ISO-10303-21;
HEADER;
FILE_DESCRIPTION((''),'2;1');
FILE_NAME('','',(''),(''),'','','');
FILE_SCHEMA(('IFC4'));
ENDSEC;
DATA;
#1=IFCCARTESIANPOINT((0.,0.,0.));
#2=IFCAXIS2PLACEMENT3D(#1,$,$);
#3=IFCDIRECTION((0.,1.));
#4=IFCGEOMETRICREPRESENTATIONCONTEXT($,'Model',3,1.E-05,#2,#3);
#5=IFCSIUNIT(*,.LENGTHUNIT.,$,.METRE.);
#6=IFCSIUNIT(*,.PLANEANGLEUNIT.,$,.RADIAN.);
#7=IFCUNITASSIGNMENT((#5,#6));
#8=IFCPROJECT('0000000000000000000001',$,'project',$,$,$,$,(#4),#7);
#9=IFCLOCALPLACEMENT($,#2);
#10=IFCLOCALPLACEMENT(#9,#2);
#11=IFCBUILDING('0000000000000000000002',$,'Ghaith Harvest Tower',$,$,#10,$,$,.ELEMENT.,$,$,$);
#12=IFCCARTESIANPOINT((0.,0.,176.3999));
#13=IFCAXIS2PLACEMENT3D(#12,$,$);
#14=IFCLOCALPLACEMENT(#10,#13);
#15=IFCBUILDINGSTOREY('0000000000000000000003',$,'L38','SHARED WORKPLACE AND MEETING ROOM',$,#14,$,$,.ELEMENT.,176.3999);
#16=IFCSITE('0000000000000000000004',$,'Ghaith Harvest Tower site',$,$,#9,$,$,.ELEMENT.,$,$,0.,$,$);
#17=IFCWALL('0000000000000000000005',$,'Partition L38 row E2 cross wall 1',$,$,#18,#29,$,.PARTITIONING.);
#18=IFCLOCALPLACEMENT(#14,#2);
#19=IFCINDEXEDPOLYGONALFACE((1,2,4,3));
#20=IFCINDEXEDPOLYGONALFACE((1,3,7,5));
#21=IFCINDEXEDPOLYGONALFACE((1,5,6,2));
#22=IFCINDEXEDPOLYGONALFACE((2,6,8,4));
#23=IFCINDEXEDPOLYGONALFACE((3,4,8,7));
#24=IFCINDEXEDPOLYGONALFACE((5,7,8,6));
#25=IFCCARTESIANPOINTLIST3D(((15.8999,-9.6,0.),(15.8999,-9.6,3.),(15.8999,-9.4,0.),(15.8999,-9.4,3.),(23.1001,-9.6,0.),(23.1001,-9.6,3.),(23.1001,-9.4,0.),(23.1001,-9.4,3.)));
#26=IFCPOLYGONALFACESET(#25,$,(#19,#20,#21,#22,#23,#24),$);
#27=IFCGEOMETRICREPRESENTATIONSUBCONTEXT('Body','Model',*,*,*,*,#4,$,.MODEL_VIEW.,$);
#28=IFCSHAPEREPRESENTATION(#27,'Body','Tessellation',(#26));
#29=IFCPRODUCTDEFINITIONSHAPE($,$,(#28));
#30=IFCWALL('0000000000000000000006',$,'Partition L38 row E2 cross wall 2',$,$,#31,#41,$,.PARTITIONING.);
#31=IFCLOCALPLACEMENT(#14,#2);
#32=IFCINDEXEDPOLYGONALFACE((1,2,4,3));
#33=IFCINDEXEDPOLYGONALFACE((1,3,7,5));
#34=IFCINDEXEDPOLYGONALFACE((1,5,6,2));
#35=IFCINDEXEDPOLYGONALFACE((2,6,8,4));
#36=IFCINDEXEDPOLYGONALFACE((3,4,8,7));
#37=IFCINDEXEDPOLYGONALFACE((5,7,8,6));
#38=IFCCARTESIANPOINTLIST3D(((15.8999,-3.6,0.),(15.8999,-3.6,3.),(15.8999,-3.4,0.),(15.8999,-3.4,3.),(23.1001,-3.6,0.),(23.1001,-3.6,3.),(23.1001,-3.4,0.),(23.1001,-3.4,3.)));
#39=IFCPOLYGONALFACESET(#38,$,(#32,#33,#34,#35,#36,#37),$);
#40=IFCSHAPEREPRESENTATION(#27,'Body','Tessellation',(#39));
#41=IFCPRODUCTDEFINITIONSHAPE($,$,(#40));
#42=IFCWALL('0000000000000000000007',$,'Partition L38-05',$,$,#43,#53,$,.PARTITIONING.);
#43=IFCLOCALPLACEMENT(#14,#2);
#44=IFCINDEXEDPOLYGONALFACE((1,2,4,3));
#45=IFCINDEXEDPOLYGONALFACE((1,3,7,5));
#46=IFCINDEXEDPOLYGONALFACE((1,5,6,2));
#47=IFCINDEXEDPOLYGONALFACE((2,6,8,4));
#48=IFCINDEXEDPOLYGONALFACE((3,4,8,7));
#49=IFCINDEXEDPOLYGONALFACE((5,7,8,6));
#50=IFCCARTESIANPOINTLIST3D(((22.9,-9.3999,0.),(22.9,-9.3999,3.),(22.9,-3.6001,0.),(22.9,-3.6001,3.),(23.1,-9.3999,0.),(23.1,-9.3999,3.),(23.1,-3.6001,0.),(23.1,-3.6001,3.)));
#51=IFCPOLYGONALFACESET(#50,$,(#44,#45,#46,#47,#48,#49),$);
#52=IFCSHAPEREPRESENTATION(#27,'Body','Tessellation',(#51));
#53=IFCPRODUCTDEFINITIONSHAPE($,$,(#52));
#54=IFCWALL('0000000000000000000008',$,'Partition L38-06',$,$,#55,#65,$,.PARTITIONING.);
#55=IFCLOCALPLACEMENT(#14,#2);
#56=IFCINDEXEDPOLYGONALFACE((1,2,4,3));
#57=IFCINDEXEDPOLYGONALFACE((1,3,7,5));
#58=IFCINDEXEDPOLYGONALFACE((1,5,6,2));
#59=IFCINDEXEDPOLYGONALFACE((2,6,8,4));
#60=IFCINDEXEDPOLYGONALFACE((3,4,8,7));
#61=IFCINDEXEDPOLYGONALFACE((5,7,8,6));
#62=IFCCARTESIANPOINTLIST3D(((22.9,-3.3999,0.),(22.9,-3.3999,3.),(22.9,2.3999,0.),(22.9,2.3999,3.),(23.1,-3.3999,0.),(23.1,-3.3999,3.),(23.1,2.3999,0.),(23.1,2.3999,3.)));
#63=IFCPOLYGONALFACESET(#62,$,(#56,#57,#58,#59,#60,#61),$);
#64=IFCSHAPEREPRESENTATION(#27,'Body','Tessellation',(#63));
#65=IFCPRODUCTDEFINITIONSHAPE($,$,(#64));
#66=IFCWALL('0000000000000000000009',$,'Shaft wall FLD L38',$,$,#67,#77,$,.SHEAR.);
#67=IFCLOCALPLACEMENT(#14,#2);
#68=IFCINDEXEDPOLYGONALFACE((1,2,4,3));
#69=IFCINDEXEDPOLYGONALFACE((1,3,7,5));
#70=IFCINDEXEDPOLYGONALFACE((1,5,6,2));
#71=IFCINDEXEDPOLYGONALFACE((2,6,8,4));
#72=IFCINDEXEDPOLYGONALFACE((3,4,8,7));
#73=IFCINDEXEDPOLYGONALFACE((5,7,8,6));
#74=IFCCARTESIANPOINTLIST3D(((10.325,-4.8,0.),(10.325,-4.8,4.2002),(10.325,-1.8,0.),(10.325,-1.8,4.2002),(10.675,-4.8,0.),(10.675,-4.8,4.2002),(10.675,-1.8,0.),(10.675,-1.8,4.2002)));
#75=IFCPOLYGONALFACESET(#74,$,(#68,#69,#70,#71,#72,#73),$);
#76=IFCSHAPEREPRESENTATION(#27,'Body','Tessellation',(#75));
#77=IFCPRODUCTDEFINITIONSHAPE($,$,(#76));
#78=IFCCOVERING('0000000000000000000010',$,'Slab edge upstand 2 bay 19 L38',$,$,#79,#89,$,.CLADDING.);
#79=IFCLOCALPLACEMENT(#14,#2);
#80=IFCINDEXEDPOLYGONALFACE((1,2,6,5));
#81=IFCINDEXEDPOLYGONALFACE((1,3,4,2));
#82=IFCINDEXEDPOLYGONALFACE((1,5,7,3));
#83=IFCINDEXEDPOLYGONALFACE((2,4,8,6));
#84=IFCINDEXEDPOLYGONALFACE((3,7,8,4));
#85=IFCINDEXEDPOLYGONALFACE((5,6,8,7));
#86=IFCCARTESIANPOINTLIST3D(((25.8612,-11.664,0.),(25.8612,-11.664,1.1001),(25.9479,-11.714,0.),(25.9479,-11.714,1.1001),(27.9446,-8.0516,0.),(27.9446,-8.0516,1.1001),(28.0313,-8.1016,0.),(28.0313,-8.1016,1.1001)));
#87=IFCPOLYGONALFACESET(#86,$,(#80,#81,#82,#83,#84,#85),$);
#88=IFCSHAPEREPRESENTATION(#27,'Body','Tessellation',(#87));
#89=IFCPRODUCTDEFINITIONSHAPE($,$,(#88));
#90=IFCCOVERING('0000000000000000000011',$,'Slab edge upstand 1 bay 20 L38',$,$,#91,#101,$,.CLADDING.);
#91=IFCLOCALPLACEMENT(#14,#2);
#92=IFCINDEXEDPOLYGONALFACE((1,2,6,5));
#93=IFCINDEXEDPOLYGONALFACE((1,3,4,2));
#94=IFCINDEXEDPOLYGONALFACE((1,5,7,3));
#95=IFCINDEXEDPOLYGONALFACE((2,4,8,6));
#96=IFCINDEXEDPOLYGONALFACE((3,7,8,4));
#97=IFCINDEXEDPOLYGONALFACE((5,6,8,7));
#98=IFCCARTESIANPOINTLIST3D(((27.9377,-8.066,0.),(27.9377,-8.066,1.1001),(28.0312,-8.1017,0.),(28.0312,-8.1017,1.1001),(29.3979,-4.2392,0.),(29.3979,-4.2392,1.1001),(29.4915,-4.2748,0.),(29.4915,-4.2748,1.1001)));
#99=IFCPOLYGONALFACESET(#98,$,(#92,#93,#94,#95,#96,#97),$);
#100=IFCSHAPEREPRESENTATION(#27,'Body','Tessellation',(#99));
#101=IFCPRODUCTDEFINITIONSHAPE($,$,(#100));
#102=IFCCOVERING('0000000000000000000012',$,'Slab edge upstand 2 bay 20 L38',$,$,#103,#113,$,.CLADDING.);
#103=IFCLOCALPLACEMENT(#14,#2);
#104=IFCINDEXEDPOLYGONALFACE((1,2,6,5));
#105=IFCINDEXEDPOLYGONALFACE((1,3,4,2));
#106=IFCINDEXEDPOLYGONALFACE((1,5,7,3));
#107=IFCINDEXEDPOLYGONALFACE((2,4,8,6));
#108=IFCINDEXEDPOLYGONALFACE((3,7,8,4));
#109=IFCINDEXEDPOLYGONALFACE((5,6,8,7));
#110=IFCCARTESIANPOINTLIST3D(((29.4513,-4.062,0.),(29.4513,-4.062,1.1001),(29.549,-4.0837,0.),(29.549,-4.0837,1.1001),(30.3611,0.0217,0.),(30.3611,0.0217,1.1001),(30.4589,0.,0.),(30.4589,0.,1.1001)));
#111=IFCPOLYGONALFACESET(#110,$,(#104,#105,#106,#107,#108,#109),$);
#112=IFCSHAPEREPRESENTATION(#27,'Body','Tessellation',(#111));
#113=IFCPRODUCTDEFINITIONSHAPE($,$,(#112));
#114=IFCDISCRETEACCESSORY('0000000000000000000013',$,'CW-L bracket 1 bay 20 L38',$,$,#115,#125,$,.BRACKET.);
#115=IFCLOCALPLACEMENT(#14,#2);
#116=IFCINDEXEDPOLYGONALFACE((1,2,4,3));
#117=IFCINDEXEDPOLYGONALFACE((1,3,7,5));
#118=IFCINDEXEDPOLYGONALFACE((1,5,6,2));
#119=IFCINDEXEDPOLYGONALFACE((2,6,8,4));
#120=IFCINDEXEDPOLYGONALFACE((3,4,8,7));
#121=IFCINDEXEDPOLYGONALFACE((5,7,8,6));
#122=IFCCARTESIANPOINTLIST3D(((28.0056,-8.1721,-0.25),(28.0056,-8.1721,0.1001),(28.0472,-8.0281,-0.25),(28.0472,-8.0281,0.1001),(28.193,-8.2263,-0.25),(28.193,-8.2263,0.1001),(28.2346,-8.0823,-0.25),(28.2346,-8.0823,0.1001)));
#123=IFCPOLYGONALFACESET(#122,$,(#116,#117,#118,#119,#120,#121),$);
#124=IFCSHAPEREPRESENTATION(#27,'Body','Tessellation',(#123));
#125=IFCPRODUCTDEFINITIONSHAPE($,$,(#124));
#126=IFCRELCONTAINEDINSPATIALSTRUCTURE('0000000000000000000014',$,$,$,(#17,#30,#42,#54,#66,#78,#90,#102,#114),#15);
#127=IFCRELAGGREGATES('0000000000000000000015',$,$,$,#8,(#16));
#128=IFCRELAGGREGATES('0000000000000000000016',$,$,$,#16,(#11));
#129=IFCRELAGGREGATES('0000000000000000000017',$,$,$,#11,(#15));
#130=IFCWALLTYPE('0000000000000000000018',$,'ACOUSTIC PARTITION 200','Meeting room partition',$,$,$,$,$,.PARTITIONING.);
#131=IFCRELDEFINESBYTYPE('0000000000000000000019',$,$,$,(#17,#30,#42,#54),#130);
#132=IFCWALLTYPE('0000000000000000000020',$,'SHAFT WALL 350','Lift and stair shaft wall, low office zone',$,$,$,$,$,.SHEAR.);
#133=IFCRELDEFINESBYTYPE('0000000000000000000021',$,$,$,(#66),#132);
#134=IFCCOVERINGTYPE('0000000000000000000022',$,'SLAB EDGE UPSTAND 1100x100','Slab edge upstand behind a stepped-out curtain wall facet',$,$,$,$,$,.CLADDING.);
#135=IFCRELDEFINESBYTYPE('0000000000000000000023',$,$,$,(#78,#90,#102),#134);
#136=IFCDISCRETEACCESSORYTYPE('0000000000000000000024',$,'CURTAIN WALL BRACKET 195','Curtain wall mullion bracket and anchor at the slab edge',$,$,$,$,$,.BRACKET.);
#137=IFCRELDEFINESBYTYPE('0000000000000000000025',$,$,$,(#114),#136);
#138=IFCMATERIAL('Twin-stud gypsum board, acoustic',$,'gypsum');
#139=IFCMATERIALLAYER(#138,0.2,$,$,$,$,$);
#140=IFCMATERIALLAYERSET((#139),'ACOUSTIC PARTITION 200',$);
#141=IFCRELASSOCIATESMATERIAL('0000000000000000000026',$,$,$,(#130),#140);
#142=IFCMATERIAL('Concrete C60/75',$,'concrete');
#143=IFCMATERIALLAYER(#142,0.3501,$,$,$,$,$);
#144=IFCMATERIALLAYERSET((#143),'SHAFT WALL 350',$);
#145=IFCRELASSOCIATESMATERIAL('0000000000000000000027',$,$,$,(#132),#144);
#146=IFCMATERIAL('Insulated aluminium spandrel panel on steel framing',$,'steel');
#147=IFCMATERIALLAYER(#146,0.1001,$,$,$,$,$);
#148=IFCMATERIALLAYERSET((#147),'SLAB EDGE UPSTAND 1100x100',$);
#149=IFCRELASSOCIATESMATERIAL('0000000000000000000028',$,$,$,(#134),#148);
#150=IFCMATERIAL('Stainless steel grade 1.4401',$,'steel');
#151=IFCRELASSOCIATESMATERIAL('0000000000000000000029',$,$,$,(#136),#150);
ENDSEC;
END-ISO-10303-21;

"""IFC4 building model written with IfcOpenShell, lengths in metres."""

from ifc_helpers import new_model, si_unit, direction, frame, frame_2d, origin, origin_2d, place, context, subcontext, project, spatial, rectangle, extrude, material, layer, layer_set, type_object, element, save


model = new_model("IFC4")

# Units and contexts
model_context = context("Model", 3, precision=1e-05, world=origin(), true_north=direction((0.0, 1.0)))
body_context = subcontext(model_context, "Body", "Model", "MODEL_VIEW")
ifc_project = project(units=[si_unit("LENGTHUNIT", "METRE"), si_unit("PLANEANGLEUNIT", "RADIAN")], contexts=[model_context])

# Site, building, storey
site_placement = place(None, origin())
site = spatial("IfcSite", under=ifc_project, at=site_placement, Name="Ghaith Harvest Tower site", CompositionType="ELEMENT", RefElevation=0.0)
building_placement = place(site_placement, origin())
building = spatial("IfcBuilding", under=site, at=building_placement, Name="Ghaith Harvest Tower", CompositionType="ELEMENT")
storey_placement = place(building_placement, frame((0.0, 0.0, 176.3999)))
storey = spatial("IfcBuildingStorey", under=building, at=storey_placement, Name="L38", Description="SHARED WORKPLACE AND MEETING ROOM", CompositionType="ELEMENT", Elevation=176.3999)

# Walls
ifc_material_1 = material(Name="Twin-stud gypsum board, acoustic", Category="gypsum")
ifc_layer_1 = layer(ifc_material_1, 0.2)
ifc_layer_set_1 = layer_set([ifc_layer_1], Name="ACOUSTIC PARTITION 200")
wall_type_1 = type_object("IfcWallType", Name="ACOUSTIC PARTITION 200", Description="Meeting room partition", PredefinedType="PARTITIONING", material=ifc_layer_set_1)
for number, where, z_axis, x_axis, name in (
    (1, (15.8999, -9.5, 0.0), (0.0, 0.0, 1.0), (1.0, 0.0, 0.0), "Partition L38 row E2 cross wall 1"),
    (2, (15.8999, -3.5, 0.0), (0.0, 0.0, 1.0), (1.0, 0.0, 0.0), "Partition L38 row E2 cross wall 2"),
):
    element("IfcWall", number, at=place(storey_placement, frame(where, z_axis=z_axis, x_axis=x_axis)), inside=storey, type_object=wall_type_1, Name=name, PredefinedType="PARTITIONING", context=body_context, shape_type="SweptSolid", body=[
        extrude(rectangle(XDim=7.2002, YDim=0.2, at=frame_2d((3.6001, 0.0))), origin(), (0.0, 0.0, 1.0), 3.0),
    ])

# Wall
wall_1_placement = place(storey_placement, frame((23.0, -9.3999, 0.0), z_axis=(0.0, 0.0, 1.0), x_axis=(0.0, 1.0, 0.0)))
element("IfcWall", 3, at=wall_1_placement, inside=storey, type_object=wall_type_1, Name="Partition L38-05", PredefinedType="PARTITIONING", context=body_context, shape_type="SweptSolid", body=[
    extrude(rectangle(XDim=5.7998, YDim=0.2, at=frame_2d((2.8999, 0.0))), origin(), (0.0, 0.0, 1.0), 3.0),
])

# Wall
wall_2_placement = place(storey_placement, frame((23.0, -3.3999, 0.0), z_axis=(0.0, 0.0, 1.0), x_axis=(0.0, 1.0, 0.0)))
element("IfcWall", 4, at=wall_2_placement, inside=storey, type_object=wall_type_1, Name="Partition L38-06", PredefinedType="PARTITIONING", context=body_context, shape_type="SweptSolid", body=[
    extrude(rectangle(XDim=5.7998, YDim=0.2, at=frame_2d((2.8999, 0.0))), origin(), (0.0, 0.0, 1.0), 3.0),
])

# Wall
ifc_material_2 = material(Name="Concrete C60/75", Category="concrete")
ifc_layer_2 = layer(ifc_material_2, 0.3501)
ifc_layer_set_2 = layer_set([ifc_layer_2], Name="SHAFT WALL 350")
wall_type_2 = type_object("IfcWallType", Name="SHAFT WALL 350", Description="Lift and stair shaft wall, low office zone", PredefinedType="SHEAR", material=ifc_layer_set_2)
wall_3_placement = place(storey_placement, frame((10.5, -4.8, 0.0), z_axis=(0.0, 0.0, 1.0), x_axis=(0.0, 1.0, 0.0)))
element("IfcWall", 5, at=wall_3_placement, inside=storey, type_object=wall_type_2, Name="Shaft wall FLD L38", PredefinedType="SHEAR", context=body_context, shape_type="SweptSolid", body=[
    extrude(rectangle(XDim=3.0, YDim=0.3501, at=frame_2d((1.5, 0.0))), origin(), (0.0, 0.0, 1.0), 4.2002),
])

# Coverings
ifc_material_3 = material(Name="Insulated aluminium spandrel panel on steel framing", Category="steel")
ifc_layer_3 = layer(ifc_material_3, 0.1001)
ifc_layer_set_3 = layer_set([ifc_layer_3], Name="SLAB EDGE UPSTAND 1100x100")
covering_type = type_object("IfcCoveringType", Name="SLAB EDGE UPSTAND 1100x100", Description="Slab edge upstand behind a stepped-out curtain wall facet", PredefinedType="CLADDING", material=ifc_layer_set_3)
covering_1_placement = place(storey_placement, frame((26.9463, -9.8828, 0.0), z_axis=(0.0, 0.0, 1.0), x_axis=(0.499596, 0.866258, 0.0)))
element("IfcCovering", 6, at=covering_1_placement, inside=storey, type_object=covering_type, Name="Slab edge upstand 2 bay 19 L38", PredefinedType="CLADDING", context=body_context, shape_type="SweptSolid", body=[
    extrude(rectangle(XDim=4.1702, YDim=0.1001, at=origin_2d()), origin(), (0.0, 0.0, 1.0), 1.1001),
])
covering_2_placement = place(storey_placement, frame((28.7146, -6.1704, 0.0), z_axis=(0.0, 0.0, 1.0), x_axis=(0.356504, 0.934294, 0.0)))
element("IfcCovering", 7, at=covering_2_placement, inside=storey, type_object=covering_type, Name="Slab edge upstand 1 bay 20 L38", PredefinedType="CLADDING", context=body_context, shape_type="SweptSolid", body=[
    extrude(rectangle(XDim=4.0959, YDim=0.1001, at=origin_2d()), origin(), (0.0, 0.0, 1.0), 1.1001),
])
covering_3_placement = place(storey_placement, frame((29.9551, -2.031, 0.0), z_axis=(0.0, 0.0, 1.0), x_axis=(0.217466, 0.976068, 0.0)))
element("IfcCovering", 8, at=covering_3_placement, inside=storey, type_object=covering_type, Name="Slab edge upstand 2 bay 20 L38", PredefinedType="CLADDING", context=body_context, shape_type="SweptSolid", body=[
    extrude(rectangle(XDim=4.1838, YDim=0.1001, at=origin_2d()), origin(), (0.0, 0.0, 1.0), 1.1001),
])

# Discrete accessory
ifc_material_4 = material(Name="Stainless steel grade 1.4401", Category="steel")
discrete_accessory_type = type_object("IfcDiscreteAccessoryType", Name="CURTAIN WALL BRACKET 195", Description="Curtain wall mullion bracket and anchor at the slab edge", PredefinedType="BRACKET", material=ifc_material_4)
discrete_accessory_placement = place(storey_placement, frame((28.1201, -8.1272, -0.25), z_axis=(0.0, 0.0, 1.0), x_axis=(0.96068, -0.277657, 0.0)))
element("IfcDiscreteAccessory", 9, at=discrete_accessory_placement, inside=storey, type_object=discrete_accessory_type, Name="CW-L bracket 1 bay 20 L38", PredefinedType="BRACKET", context=body_context, shape_type="SweptSolid", body=[
    extrude(rectangle(XDim=0.1951, YDim=0.1499, at=origin_2d()), origin(), (0.0, 0.0, 1.0), 0.3501),
])

save(model, "model.ifc")
